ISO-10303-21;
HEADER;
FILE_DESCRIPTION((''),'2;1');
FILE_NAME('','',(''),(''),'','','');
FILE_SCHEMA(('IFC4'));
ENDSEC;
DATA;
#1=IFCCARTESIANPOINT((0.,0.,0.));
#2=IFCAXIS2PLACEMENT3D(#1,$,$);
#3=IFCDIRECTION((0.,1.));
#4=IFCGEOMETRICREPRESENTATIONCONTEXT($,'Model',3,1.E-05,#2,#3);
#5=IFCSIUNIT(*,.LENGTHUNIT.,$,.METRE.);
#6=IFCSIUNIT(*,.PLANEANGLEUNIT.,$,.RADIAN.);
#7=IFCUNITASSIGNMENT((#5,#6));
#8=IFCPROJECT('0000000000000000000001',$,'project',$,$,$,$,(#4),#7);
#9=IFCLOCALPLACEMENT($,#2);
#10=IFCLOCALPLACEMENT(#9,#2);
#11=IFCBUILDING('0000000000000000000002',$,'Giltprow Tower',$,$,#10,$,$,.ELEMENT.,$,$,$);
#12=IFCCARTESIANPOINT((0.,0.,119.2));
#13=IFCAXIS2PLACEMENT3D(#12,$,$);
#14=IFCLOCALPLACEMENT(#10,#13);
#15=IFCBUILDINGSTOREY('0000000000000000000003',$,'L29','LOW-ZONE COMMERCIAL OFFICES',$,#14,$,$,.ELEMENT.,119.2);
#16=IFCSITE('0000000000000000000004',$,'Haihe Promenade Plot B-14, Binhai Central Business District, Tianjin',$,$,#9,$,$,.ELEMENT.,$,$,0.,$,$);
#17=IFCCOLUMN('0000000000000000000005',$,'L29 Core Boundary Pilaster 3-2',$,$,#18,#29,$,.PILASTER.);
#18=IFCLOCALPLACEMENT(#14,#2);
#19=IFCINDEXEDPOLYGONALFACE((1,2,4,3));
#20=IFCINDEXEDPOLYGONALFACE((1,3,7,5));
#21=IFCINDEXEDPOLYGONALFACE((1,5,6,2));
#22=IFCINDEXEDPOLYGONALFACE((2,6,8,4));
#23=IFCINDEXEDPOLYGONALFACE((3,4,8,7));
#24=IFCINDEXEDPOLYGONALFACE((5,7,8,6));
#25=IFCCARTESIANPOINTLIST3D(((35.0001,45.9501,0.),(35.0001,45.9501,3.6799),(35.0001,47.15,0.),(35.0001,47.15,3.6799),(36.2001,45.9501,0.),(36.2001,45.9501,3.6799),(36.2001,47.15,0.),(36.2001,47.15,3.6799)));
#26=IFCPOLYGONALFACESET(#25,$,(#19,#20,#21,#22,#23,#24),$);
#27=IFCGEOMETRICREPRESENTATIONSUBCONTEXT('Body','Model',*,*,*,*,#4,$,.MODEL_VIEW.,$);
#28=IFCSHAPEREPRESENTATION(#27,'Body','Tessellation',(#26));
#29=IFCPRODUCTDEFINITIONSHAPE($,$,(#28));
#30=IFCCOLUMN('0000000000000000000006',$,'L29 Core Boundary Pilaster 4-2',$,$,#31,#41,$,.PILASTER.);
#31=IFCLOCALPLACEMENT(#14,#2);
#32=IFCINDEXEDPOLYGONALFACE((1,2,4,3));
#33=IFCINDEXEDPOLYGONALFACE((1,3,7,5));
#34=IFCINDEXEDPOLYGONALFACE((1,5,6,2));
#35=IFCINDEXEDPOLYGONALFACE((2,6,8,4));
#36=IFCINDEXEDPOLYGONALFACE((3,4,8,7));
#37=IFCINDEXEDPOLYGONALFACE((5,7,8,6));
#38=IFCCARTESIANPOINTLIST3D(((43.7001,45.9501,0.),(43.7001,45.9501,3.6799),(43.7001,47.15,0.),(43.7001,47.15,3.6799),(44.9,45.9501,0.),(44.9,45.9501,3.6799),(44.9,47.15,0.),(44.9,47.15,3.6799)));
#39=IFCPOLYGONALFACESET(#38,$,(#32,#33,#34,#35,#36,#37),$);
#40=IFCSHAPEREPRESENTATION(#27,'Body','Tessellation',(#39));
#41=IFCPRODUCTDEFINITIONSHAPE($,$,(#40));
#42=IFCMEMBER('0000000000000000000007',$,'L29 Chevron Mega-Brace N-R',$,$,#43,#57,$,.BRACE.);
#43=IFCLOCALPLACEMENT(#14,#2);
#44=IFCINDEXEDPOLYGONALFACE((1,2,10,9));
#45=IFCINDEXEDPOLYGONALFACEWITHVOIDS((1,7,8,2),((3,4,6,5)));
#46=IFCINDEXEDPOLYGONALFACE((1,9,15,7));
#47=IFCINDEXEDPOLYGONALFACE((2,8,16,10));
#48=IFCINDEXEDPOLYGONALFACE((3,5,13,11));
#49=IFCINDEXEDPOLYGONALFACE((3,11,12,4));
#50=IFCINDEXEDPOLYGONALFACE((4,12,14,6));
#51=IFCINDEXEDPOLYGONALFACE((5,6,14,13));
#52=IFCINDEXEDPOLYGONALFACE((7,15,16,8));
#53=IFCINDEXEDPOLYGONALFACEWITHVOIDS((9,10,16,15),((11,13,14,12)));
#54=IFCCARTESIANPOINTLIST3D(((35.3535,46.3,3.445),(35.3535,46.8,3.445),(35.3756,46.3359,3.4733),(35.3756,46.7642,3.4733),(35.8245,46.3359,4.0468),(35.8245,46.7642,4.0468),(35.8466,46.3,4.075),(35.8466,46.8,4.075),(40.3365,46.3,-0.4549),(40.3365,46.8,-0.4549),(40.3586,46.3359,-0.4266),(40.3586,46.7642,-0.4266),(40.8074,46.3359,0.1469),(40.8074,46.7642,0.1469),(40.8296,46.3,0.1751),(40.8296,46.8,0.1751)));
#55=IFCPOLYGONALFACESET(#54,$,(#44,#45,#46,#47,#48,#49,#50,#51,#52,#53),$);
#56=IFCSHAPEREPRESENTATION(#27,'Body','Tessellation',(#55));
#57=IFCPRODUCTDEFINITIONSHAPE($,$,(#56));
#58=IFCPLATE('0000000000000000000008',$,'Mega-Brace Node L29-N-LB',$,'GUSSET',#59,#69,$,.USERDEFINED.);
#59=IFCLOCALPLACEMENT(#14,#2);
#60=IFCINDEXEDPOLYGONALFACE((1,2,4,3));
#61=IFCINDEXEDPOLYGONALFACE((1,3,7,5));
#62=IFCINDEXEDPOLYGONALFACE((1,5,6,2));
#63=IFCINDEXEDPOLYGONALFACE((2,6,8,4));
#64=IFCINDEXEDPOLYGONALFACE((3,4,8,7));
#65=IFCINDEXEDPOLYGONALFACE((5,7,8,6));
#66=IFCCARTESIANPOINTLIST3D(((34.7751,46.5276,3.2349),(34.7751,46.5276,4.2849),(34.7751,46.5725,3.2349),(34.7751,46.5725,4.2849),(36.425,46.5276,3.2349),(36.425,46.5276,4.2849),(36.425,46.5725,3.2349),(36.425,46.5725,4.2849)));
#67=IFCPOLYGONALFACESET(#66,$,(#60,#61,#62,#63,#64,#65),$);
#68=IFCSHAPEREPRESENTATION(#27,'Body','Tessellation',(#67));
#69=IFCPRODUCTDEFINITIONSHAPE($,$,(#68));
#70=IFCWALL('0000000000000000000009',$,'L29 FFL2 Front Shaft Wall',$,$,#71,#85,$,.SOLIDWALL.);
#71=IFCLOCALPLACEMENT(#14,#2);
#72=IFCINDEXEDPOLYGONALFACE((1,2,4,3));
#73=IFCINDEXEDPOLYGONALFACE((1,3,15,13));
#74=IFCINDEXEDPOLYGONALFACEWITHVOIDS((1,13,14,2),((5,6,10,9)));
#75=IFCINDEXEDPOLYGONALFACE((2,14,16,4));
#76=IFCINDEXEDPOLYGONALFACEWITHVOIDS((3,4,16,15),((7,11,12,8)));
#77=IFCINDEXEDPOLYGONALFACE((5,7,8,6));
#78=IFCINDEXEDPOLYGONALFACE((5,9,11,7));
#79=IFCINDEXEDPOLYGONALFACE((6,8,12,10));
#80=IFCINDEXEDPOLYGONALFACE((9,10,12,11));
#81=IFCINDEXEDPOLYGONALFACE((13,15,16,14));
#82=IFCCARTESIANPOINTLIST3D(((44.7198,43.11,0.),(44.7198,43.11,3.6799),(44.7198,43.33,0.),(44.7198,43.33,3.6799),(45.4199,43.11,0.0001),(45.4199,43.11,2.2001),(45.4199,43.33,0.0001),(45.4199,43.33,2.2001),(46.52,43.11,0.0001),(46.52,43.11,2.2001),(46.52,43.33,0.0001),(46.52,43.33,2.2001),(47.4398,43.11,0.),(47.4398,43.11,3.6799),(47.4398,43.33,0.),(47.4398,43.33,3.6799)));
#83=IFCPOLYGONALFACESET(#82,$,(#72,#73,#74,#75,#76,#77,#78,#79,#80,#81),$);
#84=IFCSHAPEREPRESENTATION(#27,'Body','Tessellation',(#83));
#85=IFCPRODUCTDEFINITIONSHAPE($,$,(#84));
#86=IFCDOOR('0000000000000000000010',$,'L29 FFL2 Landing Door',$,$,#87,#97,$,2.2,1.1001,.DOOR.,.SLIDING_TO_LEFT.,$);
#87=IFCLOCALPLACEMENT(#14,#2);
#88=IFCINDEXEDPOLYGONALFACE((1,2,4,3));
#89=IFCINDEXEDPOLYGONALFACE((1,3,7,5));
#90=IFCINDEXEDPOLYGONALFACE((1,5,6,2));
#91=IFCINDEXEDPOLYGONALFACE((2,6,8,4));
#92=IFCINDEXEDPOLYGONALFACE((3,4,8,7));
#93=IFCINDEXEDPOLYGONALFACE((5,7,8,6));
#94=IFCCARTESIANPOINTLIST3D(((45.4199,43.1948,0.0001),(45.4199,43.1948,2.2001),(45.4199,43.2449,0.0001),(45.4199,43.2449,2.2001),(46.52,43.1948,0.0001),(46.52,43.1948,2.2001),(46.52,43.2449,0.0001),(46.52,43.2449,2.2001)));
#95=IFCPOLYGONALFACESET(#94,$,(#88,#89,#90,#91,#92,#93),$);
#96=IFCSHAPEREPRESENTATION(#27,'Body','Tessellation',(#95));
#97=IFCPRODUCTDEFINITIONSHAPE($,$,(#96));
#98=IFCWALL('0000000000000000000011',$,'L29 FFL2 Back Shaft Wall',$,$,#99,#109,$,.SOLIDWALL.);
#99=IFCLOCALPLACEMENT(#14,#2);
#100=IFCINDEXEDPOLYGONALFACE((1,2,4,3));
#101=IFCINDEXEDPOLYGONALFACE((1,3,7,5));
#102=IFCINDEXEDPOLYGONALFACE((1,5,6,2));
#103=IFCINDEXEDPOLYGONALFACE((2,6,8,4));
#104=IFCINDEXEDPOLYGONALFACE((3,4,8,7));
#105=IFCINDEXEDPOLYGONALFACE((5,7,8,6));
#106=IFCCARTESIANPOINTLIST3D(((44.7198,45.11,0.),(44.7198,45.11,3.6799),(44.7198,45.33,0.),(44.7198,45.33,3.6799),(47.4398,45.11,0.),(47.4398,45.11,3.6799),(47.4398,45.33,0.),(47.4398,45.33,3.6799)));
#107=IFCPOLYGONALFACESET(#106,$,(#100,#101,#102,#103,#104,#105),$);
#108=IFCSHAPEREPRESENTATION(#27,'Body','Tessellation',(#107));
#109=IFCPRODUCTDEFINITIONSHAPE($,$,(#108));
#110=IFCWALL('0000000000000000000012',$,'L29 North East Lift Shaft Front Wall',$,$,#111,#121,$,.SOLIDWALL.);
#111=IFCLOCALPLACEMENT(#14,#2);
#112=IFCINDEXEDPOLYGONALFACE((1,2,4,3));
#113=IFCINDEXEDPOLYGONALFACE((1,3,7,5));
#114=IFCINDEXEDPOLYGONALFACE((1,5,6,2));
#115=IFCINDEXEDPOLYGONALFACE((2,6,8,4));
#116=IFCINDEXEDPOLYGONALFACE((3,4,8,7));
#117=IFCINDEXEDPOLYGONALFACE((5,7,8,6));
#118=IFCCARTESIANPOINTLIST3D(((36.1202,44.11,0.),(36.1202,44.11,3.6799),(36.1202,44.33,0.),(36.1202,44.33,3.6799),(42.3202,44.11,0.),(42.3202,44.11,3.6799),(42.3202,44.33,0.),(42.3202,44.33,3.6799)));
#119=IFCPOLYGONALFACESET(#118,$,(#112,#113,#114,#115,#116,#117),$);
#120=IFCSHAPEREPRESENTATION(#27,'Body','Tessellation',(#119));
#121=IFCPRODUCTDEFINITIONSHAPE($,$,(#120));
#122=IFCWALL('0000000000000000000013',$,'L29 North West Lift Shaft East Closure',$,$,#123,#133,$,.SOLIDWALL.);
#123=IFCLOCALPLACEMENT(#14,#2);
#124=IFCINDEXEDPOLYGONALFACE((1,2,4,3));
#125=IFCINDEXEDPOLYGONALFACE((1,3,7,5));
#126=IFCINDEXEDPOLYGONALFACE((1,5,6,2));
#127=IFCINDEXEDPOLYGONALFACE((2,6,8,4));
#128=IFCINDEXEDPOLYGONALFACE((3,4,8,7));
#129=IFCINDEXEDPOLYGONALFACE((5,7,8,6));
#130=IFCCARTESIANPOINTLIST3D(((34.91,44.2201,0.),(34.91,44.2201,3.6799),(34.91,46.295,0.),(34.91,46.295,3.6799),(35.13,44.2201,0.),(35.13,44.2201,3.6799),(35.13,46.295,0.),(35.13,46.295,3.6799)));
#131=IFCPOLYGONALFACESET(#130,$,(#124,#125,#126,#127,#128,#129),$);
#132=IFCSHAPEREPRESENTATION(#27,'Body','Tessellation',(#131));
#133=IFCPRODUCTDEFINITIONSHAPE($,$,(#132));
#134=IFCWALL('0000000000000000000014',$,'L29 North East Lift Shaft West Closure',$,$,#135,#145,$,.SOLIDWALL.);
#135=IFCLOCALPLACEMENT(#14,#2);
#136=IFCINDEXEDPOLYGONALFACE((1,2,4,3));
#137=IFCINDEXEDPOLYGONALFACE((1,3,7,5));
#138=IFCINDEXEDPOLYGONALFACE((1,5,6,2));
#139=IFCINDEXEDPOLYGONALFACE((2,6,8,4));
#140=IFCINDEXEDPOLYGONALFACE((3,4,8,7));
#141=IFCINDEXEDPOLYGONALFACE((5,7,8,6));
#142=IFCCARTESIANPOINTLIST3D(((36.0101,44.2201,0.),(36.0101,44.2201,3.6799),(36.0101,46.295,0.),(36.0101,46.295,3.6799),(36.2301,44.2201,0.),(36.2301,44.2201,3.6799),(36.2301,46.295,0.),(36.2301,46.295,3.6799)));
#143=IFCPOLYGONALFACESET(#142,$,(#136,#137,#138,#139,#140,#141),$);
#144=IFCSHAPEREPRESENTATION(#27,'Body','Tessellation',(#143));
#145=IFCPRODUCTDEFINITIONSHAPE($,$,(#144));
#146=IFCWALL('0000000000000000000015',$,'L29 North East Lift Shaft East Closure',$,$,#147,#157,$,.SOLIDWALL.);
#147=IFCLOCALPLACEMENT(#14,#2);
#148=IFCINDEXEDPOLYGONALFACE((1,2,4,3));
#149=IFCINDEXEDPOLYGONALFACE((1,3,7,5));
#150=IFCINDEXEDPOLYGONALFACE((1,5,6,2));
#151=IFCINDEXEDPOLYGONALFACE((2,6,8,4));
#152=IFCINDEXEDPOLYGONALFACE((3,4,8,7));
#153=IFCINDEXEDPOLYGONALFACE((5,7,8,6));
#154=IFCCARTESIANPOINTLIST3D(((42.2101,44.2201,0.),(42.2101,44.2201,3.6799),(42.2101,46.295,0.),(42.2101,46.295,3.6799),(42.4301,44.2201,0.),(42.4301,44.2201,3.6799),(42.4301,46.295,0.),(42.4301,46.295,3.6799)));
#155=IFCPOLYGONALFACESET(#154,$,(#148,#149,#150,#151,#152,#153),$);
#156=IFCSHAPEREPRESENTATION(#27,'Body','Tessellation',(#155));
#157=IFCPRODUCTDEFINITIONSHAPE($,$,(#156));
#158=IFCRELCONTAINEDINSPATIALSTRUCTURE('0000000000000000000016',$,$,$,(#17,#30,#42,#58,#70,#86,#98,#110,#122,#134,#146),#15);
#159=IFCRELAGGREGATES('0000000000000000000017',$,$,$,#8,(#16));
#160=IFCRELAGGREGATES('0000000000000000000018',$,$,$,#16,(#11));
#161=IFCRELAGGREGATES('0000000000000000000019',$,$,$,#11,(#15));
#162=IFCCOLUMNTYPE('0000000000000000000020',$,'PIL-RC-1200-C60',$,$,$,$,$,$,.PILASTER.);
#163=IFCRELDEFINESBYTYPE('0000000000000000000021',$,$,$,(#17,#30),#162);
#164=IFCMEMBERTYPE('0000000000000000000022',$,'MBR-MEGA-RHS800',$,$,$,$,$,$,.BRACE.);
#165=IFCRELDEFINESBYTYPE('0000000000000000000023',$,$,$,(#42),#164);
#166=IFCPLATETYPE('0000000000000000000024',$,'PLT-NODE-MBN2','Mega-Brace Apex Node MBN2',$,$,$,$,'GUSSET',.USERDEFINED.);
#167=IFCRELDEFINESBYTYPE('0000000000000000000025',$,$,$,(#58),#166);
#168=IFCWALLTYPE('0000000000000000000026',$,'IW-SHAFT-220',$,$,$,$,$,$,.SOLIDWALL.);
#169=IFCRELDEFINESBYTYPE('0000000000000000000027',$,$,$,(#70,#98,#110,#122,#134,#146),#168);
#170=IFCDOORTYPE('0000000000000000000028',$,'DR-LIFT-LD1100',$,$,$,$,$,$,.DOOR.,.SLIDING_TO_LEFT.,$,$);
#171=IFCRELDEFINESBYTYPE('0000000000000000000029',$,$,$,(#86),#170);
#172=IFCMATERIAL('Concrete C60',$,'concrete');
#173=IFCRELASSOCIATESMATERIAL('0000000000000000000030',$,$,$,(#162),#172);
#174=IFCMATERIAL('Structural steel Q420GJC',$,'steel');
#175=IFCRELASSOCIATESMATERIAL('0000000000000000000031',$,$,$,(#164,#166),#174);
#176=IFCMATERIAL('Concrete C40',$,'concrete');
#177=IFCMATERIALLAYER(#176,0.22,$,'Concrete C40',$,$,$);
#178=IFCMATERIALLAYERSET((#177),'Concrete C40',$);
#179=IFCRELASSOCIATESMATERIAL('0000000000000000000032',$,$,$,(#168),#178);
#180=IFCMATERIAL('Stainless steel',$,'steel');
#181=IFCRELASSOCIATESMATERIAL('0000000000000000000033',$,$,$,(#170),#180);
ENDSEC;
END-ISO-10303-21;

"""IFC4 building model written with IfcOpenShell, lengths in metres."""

from ifc_helpers import new_model, si_unit, direction, frame, frame_2d, origin, origin_2d, place, context, subcontext, project, spatial, rectangle, hollow_rectangle, extrude, source, transform, mapped, material, layer, layer_set, material_profile, profile_set, type_object, element, fill, save


model = new_model("IFC4")

# Units and contexts
model_context = context("Model", 3, precision=1e-05, world=origin(), true_north=direction((0.0, 1.0)))
body_context = subcontext(model_context, "Body", "Model", "MODEL_VIEW")
ifc_project = project(units=[si_unit("LENGTHUNIT", "METRE"), si_unit("PLANEANGLEUNIT", "RADIAN")], contexts=[model_context])

# Site, building, storey
site_placement = place(None, origin())
site = spatial("IfcSite", under=ifc_project, at=site_placement, Name="Haihe Promenade Plot B-14, Binhai Central Business District, Tianjin", CompositionType="ELEMENT", RefElevation=0.0)
building_placement = place(site_placement, origin())
building = spatial("IfcBuilding", under=site, at=building_placement, Name="Giltprow Tower", CompositionType="ELEMENT")
storey_placement = place(building_placement, frame((0.0, 0.0, 119.2)))
storey = spatial("IfcBuildingStorey", under=building, at=storey_placement, Name="L29", Description="LOW-ZONE COMMERCIAL OFFICES", CompositionType="ELEMENT", Elevation=119.2)

# Columns
ifc_material_1 = material(Name="Concrete C60", Category="concrete")
ifc_material_profile_1 = material_profile(ifc_material_1, rectangle(XDim=1.2, YDim=1.2, at=origin_2d()), Name="RC 1200x1200")
ifc_profile_set_1 = profile_set([ifc_material_profile_1], Name="Concrete C60")
column_type = type_object("IfcColumnType", Name="PIL-RC-1200-C60", PredefinedType="PILASTER", material=ifc_profile_set_1)
shared_shape_1 = source(origin(), body_context, "Body", "SweptSolid", [
    extrude(rectangle(XDim=1.2, YDim=1.2, at=origin_2d()), origin(), (0.0, 0.0, 1.0), 3.6799),
])
for number, where, z_axis, x_axis, name in (
    (1, (35.6001, 46.55, 0.0), (0.0, 0.0, 1.0), (1.0, 0.0, 0.0), "L29 Core Boundary Pilaster 3-2"),
    (2, (44.3, 46.55, 0.0), (0.0, 0.0, 1.0), (1.0, 0.0, 0.0), "L29 Core Boundary Pilaster 4-2"),
):
    element("IfcColumn", number, at=place(storey_placement, frame(where, z_axis=z_axis, x_axis=x_axis)), inside=storey, type_object=column_type, Name=name, PredefinedType="PILASTER", context=body_context, shape_type="MappedRepresentation", body=[
        mapped(shared_shape_1, transform((0.0, 0.0, 0.0), x_axis=(1.0, 0.0, 0.0), y_axis=(0.0, 1.0, 0.0), z_axis=(0.0, 0.0, 1.0), scale=1.0)),
    ])

# Member
ifc_material_2 = material(Name="Structural steel Q420GJC", Category="steel")
ifc_material_profile_2 = material_profile(ifc_material_2, hollow_rectangle(XDim=0.5, YDim=0.8, WallThickness=0.0359, at=origin_2d()), Name="RHS 800x500x36")
ifc_profile_set_2 = profile_set([ifc_material_profile_2], Name="Structural steel Q420GJC")
member_type = type_object("IfcMemberType", Name="MBR-MEGA-RHS800", PredefinedType="BRACE", material=ifc_profile_set_2)
shared_shape_2 = source(origin(), body_context, "Body", "SweptSolid", [
    extrude(hollow_rectangle(XDim=0.5, YDim=0.8, WallThickness=0.0359, at=origin_2d()), origin(), (0.0, 0.0, 1.0), 6.3276),
])
member_placement = place(storey_placement, frame((40.583, 46.55, -0.1399), z_axis=(-0.787487, 0.0, 0.616331), x_axis=(0.0, -1.0, 0.0)))
element("IfcMember", 3, at=member_placement, inside=storey, type_object=member_type, Name="L29 Chevron Mega-Brace N-R", PredefinedType="BRACE", context=body_context, shape_type="MappedRepresentation", body=[
    mapped(shared_shape_2, transform((0.0, 0.0, 0.0), x_axis=(1.0, 0.0, 0.0), y_axis=(0.0, 1.0, 0.0), z_axis=(0.0, 0.0, 1.0), scale=1.0)),
])

# Plate
plate_type = type_object("IfcPlateType", Name="PLT-NODE-MBN2", Description="Mega-Brace Apex Node MBN2", ElementType="GUSSET", PredefinedType="USERDEFINED", material=ifc_material_2)
shared_shape_3 = source(origin(), body_context, "Body", "SweptSolid", [
    extrude(rectangle(XDim=1.6499, YDim=0.0449, at=origin_2d()), origin(), (0.0, 0.0, 1.0), 1.05),
])
plate_placement = place(storey_placement, frame((35.6001, 46.55, 3.2349), z_axis=(0.0, 0.0, 1.0), x_axis=(1.0, 0.0, 0.0)))
element("IfcPlate", 4, at=plate_placement, inside=storey, type_object=plate_type, Name="Mega-Brace Node L29-N-LB", ObjectType="GUSSET", PredefinedType="USERDEFINED", context=body_context, shape_type="MappedRepresentation", body=[
    mapped(shared_shape_3, transform((0.0, 0.0, 0.0), x_axis=(1.0, 0.0, 0.0), y_axis=(0.0, 1.0, 0.0), z_axis=(0.0, 0.0, 1.0), scale=1.0)),
])

# Wall, opening, door
ifc_material_3 = material(Name="Concrete C40", Category="concrete")
ifc_layer_1 = layer(ifc_material_3, 0.22, Name="Concrete C40")
ifc_layer_set_1 = layer_set([ifc_layer_1], Name="Concrete C40")
wall_type_1 = type_object("IfcWallType", Name="IW-SHAFT-220", PredefinedType="SOLIDWALL", material=ifc_layer_set_1)
wall_1_placement = place(storey_placement, frame((44.72, 43.22, 0.0), z_axis=(0.0, 0.0, 1.0), x_axis=(1.0, 0.0, 0.0)))
wall_1 = element("IfcWall", 5, at=wall_1_placement, inside=storey, type_object=wall_type_1, Name="L29 FFL2 Front Shaft Wall", PredefinedType="SOLIDWALL", context=body_context, shape_type="SweptSolid", body=[
    extrude(rectangle(XDim=2.72, YDim=0.22, at=frame_2d((1.3599, 0.0))), origin(), (0.0, 0.0, 1.0), 3.6799),
])
opening_1_placement = place(wall_1_placement, frame((0.7, 0.0, 0.0)))
opening_1 = element("IfcOpeningElement", 6, at=opening_1_placement, cuts=wall_1, PredefinedType="OPENING", context=body_context, shape_type="SweptSolid", body=[
    extrude(rectangle(XDim=1.1001, YDim=2.2, at=frame_2d((0.55, 1.1001))), frame((0.0, 0.1199, 0.0), z_axis=(0.0, -1.0, 0.0), x_axis=(1.0, 0.0, 0.0)), (0.0, 0.0, 1.0), 0.24),
])
ifc_material_4 = material(Name="Stainless steel", Category="steel")
door_type = type_object("IfcDoorType", Name="DR-LIFT-LD1100", OperationType="SLIDING_TO_LEFT", PredefinedType="DOOR", material=ifc_material_4)
shared_shape_4 = source(origin(), body_context, "Body", "SweptSolid", [
    extrude(rectangle(XDim=1.1001, YDim=2.2, at=frame_2d((0.55, 1.1001))), frame((0.0, 0.0249, 0.0), z_axis=(0.0, -1.0, 0.0), x_axis=(1.0, 0.0, 0.0)), (0.0, 0.0, 1.0), 0.05),
])
door_1_placement = place(opening_1_placement, origin())
door_1 = element("IfcDoor", 7, at=door_1_placement, inside=storey, type_object=door_type, Name="L29 FFL2 Landing Door", OperationType="SLIDING_TO_LEFT", OverallHeight=2.2, OverallWidth=1.1001, PredefinedType="DOOR", context=body_context, shape_type="MappedRepresentation", body=[
    mapped(shared_shape_4, transform((0.0, 0.0, 0.0), x_axis=(1.0, 0.0, 0.0), y_axis=(0.0, 1.0, 0.0), z_axis=(0.0, 0.0, 1.0), scale=1.0)),
])
fill(opening_1, door_1)

# Walls
wall_2_placement = place(storey_placement, frame((44.72, 45.22, 0.0), z_axis=(0.0, 0.0, 1.0), x_axis=(1.0, 0.0, 0.0)))
element("IfcWall", 8, at=wall_2_placement, inside=storey, type_object=wall_type_1, Name="L29 FFL2 Back Shaft Wall", PredefinedType="SOLIDWALL", context=body_context, shape_type="SweptSolid", body=[
    extrude(rectangle(XDim=2.72, YDim=0.22, at=frame_2d((1.3599, 0.0))), origin(), (0.0, 0.0, 1.0), 3.6799),
])
wall_3_placement = place(storey_placement, frame((36.1201, 44.22, 0.0), z_axis=(0.0, 0.0, 1.0), x_axis=(1.0, 0.0, 0.0)))
element("IfcWall", 9, at=wall_3_placement, inside=storey, type_object=wall_type_1, Name="L29 North East Lift Shaft Front Wall", PredefinedType="SOLIDWALL", context=body_context, shape_type="SweptSolid", body=[
    extrude(rectangle(XDim=6.2, YDim=0.22, at=frame_2d((3.1001, 0.0))), origin(), (0.0, 0.0, 1.0), 3.6799),
])
for number, where, z_axis, x_axis, name in (
    (10, (35.02, 44.22, 0.0), (0.0, 0.0, 1.0), (0.0, 1.0, 0.0), "L29 North West Lift Shaft East Closure"),
    (11, (36.1201, 44.22, 0.0), (0.0, 0.0, 1.0), (0.0, 1.0, 0.0), "L29 North East Lift Shaft West Closure"),
    (12, (42.3201, 44.22, 0.0), (0.0, 0.0, 1.0), (0.0, 1.0, 0.0), "L29 North East Lift Shaft East Closure"),
):
    element("IfcWall", number, at=place(storey_placement, frame(where, z_axis=z_axis, x_axis=x_axis)), inside=storey, type_object=wall_type_1, Name=name, PredefinedType="SOLIDWALL", context=body_context, shape_type="SweptSolid", body=[
        extrude(rectangle(XDim=2.075, YDim=0.22, at=frame_2d((1.0376, 0.0))), origin(), (0.0, 0.0, 1.0), 3.6799),
    ])

save(model, "model.ifc")
